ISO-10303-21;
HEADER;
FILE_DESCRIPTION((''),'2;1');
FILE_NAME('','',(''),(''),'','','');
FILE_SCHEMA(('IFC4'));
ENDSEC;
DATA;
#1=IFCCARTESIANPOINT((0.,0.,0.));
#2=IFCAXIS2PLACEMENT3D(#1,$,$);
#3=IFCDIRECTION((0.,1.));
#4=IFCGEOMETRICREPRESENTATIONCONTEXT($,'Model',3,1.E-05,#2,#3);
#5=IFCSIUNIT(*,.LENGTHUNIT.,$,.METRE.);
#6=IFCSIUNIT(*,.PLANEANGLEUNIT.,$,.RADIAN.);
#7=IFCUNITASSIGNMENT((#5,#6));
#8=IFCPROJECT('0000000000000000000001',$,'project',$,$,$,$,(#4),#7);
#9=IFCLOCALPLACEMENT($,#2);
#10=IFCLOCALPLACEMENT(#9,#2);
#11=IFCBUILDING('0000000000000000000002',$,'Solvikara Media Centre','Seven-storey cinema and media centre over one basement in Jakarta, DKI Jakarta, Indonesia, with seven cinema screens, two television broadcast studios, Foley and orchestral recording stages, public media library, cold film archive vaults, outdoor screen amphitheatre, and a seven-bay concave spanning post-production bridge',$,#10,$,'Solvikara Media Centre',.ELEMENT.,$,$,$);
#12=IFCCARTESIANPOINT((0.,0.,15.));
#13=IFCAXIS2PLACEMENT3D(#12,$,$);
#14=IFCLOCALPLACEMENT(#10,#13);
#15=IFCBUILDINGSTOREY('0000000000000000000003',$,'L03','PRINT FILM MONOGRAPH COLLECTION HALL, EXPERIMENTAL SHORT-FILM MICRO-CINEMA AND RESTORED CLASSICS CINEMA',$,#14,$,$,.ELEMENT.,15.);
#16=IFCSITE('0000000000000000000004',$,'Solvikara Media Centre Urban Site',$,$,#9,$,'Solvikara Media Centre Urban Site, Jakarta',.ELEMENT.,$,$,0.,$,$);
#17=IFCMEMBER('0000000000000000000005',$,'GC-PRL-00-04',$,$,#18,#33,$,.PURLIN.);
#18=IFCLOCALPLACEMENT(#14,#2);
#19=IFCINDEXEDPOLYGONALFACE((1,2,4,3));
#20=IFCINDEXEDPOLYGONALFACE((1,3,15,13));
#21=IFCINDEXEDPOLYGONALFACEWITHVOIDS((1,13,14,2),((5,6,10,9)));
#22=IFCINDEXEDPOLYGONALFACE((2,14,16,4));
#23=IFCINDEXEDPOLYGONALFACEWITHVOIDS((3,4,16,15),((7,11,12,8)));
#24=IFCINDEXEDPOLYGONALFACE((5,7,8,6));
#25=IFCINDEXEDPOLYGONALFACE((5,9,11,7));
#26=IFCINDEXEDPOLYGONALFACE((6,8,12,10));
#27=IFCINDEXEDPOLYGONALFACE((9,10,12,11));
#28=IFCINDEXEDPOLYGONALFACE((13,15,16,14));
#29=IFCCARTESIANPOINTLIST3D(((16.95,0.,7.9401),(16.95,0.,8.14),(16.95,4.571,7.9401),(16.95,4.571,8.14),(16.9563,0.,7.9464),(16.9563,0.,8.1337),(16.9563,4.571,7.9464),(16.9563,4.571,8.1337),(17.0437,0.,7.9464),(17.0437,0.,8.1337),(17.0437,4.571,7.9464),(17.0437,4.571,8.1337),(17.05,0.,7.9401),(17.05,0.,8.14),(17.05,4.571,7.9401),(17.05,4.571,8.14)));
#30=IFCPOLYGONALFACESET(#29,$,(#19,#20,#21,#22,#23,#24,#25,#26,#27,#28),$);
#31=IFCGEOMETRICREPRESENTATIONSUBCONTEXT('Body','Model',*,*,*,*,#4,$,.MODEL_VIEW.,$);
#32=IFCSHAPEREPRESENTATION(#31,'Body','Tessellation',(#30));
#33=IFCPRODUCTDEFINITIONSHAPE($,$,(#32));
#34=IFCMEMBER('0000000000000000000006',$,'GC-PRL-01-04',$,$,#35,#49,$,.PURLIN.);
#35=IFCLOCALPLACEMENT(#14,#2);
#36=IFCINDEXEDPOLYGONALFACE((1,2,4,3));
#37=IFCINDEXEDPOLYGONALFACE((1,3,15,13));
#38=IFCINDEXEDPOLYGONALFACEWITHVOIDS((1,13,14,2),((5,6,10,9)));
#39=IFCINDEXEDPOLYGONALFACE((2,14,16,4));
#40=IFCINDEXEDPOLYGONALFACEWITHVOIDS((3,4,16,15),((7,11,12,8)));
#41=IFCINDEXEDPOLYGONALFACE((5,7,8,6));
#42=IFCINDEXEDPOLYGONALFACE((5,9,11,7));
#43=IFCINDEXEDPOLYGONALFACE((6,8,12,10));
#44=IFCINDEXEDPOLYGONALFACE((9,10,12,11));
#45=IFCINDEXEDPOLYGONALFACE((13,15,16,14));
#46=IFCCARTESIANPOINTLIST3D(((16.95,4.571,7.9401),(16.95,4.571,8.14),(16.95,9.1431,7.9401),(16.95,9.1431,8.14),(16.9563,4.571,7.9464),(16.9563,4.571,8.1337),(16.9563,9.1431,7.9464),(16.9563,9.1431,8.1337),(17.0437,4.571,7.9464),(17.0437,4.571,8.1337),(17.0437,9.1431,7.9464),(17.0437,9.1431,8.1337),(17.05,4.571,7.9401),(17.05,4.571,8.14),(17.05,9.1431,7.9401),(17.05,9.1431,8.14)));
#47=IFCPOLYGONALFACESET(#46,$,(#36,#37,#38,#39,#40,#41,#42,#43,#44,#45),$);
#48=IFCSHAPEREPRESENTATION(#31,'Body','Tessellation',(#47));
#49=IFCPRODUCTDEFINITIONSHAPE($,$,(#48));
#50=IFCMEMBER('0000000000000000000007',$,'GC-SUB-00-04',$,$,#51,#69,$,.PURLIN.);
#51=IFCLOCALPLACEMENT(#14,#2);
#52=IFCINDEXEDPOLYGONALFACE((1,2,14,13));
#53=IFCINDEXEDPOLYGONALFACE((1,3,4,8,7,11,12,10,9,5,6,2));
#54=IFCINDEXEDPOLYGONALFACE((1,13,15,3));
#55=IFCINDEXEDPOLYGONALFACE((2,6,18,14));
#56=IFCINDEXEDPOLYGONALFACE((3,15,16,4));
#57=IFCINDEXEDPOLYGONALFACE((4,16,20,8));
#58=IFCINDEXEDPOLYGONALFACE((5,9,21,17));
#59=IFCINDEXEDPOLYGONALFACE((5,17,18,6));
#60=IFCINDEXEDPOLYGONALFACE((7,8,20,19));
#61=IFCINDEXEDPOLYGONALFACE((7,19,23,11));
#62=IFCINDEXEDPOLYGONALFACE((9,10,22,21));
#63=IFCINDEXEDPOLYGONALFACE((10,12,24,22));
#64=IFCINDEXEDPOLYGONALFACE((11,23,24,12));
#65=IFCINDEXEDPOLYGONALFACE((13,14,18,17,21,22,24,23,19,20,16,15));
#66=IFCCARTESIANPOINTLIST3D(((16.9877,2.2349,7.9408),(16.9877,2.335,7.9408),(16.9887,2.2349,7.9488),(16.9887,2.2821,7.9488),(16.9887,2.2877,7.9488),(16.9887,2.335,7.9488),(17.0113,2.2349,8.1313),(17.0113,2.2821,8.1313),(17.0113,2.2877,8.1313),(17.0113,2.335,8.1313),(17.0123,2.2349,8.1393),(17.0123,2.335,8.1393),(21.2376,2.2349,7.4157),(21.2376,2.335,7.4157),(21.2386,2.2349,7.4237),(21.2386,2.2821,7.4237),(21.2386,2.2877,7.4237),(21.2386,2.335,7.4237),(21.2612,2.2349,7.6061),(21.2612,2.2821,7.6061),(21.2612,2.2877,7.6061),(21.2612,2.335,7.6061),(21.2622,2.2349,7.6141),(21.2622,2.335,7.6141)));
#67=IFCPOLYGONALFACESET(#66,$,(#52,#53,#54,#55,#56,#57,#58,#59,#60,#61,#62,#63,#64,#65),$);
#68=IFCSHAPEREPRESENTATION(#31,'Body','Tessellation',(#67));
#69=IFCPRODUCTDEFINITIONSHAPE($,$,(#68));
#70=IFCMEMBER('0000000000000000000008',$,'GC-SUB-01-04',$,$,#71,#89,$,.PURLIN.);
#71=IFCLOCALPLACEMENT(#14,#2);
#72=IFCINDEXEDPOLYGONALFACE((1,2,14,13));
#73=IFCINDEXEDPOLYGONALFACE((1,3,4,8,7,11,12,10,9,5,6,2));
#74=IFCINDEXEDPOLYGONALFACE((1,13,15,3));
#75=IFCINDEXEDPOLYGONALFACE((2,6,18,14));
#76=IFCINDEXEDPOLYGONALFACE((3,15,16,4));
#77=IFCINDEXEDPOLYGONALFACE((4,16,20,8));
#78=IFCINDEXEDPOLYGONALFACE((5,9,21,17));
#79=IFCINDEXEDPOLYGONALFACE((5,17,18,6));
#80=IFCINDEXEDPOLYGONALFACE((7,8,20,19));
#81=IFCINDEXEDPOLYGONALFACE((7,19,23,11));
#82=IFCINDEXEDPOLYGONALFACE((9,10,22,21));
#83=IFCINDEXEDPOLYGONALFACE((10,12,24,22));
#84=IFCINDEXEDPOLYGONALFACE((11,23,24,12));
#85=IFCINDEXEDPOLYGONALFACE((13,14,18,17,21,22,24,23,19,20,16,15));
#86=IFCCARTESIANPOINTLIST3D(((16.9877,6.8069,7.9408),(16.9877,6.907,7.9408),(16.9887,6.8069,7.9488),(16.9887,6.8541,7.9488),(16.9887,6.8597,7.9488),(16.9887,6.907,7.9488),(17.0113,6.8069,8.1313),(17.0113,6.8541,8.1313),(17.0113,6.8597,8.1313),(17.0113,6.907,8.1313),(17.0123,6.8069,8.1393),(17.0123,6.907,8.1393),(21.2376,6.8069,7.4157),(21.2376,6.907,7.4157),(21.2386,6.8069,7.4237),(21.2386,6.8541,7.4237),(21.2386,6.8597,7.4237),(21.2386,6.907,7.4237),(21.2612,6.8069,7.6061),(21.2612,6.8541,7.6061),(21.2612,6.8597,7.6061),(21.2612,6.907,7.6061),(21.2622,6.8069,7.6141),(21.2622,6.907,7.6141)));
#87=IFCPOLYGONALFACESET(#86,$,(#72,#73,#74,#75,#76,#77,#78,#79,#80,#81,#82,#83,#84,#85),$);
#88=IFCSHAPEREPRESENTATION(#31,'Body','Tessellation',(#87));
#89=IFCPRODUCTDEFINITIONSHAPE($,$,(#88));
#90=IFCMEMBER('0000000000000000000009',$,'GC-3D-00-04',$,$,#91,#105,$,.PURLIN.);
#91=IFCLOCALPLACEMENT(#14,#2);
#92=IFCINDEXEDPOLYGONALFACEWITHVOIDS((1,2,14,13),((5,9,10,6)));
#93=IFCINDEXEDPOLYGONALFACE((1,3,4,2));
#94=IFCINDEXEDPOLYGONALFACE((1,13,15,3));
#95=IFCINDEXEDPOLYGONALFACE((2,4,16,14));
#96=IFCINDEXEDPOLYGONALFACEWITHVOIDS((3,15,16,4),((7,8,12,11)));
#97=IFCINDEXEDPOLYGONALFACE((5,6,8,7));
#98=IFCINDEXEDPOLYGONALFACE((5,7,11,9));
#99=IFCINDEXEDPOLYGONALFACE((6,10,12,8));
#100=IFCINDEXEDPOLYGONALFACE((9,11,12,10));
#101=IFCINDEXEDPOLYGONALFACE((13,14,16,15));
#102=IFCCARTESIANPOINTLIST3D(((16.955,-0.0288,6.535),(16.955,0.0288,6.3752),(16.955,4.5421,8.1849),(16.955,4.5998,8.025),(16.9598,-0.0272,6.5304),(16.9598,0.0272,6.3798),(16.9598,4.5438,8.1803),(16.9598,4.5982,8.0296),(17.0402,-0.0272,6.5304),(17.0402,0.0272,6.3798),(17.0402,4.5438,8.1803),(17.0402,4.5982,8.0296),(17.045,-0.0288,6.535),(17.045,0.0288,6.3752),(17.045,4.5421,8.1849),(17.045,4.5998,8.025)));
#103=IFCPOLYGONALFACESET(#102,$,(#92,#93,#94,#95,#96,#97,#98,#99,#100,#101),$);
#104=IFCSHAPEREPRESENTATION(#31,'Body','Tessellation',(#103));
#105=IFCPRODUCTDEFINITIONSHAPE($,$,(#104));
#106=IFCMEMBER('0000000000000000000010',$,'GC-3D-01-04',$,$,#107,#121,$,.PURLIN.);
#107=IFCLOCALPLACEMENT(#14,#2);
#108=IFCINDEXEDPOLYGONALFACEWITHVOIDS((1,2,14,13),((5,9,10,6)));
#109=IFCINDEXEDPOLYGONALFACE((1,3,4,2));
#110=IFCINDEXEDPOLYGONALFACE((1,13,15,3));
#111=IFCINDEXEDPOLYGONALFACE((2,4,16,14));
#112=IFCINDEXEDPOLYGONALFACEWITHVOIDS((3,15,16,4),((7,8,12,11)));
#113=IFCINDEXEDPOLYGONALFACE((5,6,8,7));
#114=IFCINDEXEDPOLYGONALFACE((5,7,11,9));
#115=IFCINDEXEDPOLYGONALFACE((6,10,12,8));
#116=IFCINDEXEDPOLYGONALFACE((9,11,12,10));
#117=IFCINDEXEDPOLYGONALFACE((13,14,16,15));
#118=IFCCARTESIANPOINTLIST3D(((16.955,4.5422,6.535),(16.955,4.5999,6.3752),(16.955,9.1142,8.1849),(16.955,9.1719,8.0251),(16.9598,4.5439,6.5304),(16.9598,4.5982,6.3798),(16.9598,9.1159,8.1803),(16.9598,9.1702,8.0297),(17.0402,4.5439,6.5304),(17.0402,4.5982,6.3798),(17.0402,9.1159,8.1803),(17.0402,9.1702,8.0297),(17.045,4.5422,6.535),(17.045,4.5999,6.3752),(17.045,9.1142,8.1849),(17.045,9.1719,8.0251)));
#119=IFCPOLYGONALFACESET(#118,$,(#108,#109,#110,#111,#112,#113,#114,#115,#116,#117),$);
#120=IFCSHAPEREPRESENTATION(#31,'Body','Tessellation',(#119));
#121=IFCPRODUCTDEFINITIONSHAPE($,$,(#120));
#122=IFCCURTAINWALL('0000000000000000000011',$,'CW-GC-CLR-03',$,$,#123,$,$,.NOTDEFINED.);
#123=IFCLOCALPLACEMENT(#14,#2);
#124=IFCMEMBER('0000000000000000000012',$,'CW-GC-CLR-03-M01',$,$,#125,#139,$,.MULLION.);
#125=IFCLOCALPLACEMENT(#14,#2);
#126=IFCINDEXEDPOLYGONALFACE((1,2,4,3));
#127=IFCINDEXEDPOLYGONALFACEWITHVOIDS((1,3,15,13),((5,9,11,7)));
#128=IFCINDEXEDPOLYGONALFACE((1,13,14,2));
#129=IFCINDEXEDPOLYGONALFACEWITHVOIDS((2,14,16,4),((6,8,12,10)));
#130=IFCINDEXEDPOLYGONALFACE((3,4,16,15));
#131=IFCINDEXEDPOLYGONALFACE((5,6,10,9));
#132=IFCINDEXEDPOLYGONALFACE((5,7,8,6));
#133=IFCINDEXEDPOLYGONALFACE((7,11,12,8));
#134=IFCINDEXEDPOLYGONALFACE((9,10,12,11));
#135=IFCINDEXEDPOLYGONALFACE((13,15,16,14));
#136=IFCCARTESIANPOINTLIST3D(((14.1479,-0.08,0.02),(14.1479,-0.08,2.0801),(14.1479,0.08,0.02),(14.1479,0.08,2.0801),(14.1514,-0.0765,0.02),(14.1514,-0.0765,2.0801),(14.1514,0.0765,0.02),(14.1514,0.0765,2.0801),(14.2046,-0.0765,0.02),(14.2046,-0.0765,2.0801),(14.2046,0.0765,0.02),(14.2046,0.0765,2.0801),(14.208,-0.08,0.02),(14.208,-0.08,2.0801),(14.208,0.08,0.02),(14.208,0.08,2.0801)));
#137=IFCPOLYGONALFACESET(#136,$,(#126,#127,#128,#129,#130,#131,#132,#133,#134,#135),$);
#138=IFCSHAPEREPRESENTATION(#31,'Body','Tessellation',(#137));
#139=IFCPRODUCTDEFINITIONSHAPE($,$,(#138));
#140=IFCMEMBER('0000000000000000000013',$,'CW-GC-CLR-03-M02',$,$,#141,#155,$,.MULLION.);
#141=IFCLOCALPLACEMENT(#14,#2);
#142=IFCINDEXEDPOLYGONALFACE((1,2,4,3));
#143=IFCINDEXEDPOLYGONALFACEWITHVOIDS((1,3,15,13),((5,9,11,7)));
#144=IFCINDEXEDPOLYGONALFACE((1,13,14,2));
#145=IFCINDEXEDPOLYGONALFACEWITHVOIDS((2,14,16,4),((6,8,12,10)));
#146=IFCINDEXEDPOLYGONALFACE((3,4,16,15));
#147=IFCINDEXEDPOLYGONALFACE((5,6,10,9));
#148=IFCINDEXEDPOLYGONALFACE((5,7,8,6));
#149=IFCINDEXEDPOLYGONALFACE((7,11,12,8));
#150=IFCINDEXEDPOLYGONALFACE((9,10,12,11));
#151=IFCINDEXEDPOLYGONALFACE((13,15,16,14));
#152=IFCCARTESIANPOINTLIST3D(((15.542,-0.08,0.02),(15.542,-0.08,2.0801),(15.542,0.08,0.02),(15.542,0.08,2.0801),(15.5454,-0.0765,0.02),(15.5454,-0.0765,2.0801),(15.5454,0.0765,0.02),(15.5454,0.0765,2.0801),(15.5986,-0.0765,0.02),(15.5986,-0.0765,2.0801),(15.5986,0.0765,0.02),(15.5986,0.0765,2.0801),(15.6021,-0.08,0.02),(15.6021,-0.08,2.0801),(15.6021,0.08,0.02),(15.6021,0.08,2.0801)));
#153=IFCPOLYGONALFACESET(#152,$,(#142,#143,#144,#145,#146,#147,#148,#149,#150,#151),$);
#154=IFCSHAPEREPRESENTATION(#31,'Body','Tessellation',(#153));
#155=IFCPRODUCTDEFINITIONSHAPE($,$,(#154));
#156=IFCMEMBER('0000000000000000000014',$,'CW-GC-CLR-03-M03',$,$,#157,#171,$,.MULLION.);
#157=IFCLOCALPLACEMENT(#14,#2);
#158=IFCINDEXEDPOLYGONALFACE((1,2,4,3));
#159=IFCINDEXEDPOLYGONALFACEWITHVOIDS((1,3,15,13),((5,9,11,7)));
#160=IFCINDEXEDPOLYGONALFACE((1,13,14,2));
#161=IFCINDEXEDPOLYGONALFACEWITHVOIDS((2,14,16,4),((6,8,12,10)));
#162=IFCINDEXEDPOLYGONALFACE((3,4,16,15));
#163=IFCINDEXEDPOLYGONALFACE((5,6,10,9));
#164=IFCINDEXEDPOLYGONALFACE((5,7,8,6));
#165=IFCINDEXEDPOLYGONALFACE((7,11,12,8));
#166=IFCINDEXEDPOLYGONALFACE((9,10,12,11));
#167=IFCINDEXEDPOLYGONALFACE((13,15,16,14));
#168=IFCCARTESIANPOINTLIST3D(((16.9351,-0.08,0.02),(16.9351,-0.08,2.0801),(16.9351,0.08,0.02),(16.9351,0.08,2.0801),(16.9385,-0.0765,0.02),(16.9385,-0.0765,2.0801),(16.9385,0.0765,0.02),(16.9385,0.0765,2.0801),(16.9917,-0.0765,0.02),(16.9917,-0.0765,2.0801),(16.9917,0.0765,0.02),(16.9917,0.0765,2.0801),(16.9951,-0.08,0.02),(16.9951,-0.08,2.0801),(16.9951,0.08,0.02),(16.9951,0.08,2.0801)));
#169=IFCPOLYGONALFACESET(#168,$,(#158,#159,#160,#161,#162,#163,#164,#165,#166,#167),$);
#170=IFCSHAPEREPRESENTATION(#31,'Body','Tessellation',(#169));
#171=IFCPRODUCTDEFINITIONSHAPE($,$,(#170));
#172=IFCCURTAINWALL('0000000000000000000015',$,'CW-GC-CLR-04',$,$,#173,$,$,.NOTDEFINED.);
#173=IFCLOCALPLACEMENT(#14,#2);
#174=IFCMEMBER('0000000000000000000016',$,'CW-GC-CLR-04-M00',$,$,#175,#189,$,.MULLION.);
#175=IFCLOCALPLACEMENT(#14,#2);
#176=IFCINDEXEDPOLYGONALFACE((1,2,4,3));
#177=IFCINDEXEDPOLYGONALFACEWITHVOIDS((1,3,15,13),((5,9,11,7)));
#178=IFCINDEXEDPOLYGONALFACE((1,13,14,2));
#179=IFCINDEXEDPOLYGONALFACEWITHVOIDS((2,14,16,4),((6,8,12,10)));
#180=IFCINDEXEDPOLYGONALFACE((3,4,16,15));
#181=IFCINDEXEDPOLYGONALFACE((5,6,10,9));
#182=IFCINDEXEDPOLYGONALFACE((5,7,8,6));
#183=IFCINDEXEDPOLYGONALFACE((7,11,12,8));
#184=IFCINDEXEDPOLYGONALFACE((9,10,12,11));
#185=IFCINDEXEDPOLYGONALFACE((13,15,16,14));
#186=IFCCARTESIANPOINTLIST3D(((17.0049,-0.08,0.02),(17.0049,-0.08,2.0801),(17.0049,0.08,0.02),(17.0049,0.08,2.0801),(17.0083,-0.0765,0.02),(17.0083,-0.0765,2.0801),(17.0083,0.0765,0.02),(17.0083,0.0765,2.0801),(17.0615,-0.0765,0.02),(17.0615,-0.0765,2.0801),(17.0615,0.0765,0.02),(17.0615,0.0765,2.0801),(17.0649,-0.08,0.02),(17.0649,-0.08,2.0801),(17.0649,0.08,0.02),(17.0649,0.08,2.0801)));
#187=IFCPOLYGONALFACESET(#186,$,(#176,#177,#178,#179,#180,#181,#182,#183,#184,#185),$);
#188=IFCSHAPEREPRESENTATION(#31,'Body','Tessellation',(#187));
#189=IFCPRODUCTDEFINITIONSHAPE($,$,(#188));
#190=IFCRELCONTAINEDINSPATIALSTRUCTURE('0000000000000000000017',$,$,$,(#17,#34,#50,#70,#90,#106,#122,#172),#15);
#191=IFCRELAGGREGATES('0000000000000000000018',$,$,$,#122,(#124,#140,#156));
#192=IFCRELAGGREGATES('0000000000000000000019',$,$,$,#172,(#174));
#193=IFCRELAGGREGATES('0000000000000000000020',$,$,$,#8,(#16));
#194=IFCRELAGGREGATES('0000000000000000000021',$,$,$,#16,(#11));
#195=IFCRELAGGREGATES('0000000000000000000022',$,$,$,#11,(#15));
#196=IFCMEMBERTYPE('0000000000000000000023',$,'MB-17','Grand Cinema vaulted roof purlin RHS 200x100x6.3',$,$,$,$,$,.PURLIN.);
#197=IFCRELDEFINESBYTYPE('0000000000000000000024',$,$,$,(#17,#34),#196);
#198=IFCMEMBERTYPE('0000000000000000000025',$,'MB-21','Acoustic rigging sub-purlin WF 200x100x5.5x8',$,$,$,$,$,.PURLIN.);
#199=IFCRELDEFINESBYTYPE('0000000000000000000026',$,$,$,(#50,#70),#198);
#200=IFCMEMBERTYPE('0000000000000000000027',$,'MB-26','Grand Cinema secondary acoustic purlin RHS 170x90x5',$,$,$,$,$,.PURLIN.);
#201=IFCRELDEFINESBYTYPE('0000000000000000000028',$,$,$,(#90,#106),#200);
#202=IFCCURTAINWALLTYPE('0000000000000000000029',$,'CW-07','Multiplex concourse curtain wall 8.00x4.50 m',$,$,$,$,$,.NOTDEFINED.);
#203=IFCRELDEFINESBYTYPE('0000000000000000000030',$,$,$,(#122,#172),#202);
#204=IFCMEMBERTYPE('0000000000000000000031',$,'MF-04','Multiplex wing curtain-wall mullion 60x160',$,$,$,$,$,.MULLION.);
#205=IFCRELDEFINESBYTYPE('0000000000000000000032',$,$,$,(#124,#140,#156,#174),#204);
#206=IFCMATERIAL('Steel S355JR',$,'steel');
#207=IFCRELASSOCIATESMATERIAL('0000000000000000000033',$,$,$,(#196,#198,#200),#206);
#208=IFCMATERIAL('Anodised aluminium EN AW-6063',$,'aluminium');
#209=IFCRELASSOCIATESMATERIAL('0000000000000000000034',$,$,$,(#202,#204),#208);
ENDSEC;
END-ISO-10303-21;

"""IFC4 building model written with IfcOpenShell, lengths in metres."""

from ifc_helpers import new_model, si_unit, direction, frame, origin, origin_2d, place, context, subcontext, project, spatial, hollow_rectangle, i_section, extrude, material, material_profile, profile_set, type_object, element, aggregate, save


model = new_model("IFC4")

# Units and contexts
model_context = context("Model", 3, precision=1e-05, world=origin(), true_north=direction((0.0, 1.0)))
body_context = subcontext(model_context, "Body", "Model", "MODEL_VIEW")
ifc_project = project(units=[si_unit("LENGTHUNIT", "METRE"), si_unit("PLANEANGLEUNIT", "RADIAN")], contexts=[model_context])

# Site, building, storey
site_placement = place(None, origin())
site = spatial("IfcSite", under=ifc_project, at=site_placement, Name="Solvikara Media Centre Urban Site", LongName="Solvikara Media Centre Urban Site, Jakarta", CompositionType="ELEMENT", RefElevation=0.0)
building_placement = place(site_placement, origin())
building = spatial("IfcBuilding", under=site, at=building_placement, Name="Solvikara Media Centre", Description="Seven-storey cinema and media centre over one basement in Jakarta, DKI Jakarta, Indonesia, with seven cinema screens, two television broadcast studios, Foley and orchestral recording stages, public media library, cold film archive vaults, outdoor screen amphitheatre, and a seven-bay concave spanning post-production bridge", LongName="Solvikara Media Centre", CompositionType="ELEMENT")
storey_placement = place(building_placement, frame((0.0, 0.0, 15.0)))
storey = spatial("IfcBuildingStorey", under=building, at=storey_placement, Name="L03", Description="PRINT FILM MONOGRAPH COLLECTION HALL, EXPERIMENTAL SHORT-FILM MICRO-CINEMA AND RESTORED CLASSICS CINEMA", CompositionType="ELEMENT", Elevation=15.0)

# Shared definitions
ifc_material_1 = material(Name="Steel S355JR", Category="steel")

# Members
ifc_material_profile_1 = material_profile(ifc_material_1, hollow_rectangle(XDim=0.1001, YDim=0.2, WallThickness=0.0063, at=origin_2d()), Name="RHS 200x100x6.3")
ifc_profile_set_1 = profile_set([ifc_material_profile_1], Name="Steel S355JR")
member_type_1 = type_object("IfcMemberType", Name="MB-17", Description="Grand Cinema vaulted roof purlin RHS 200x100x6.3", PredefinedType="PURLIN", material=ifc_profile_set_1)
member_1_placement = place(storey_placement, frame((17.0, 0.0, 8.04), z_axis=(0.0, 1.0, 0.0), x_axis=(-1.0, 0.0, 0.0)))
element("IfcMember", 1, at=member_1_placement, inside=storey, type_object=member_type_1, Name="GC-PRL-00-04", PredefinedType="PURLIN", context=body_context, shape_type="SweptSolid", body=[
    extrude(hollow_rectangle(XDim=0.1001, YDim=0.2, WallThickness=0.0063, at=origin_2d()), origin(), (0.0, 0.0, 1.0), 4.571),
])
member_2_placement = place(storey_placement, frame((17.0, 4.571, 8.04), z_axis=(0.0, 1.0, 0.0), x_axis=(-1.0, 0.0, 0.0)))
element("IfcMember", 2, at=member_2_placement, inside=storey, type_object=member_type_1, Name="GC-PRL-01-04", PredefinedType="PURLIN", context=body_context, shape_type="SweptSolid", body=[
    extrude(hollow_rectangle(XDim=0.1001, YDim=0.2, WallThickness=0.0063, at=origin_2d()), origin(), (0.0, 0.0, 1.0), 4.572),
])
ifc_material_profile_2 = material_profile(ifc_material_1, i_section(OverallWidth=0.1001, OverallDepth=0.2, WebThickness=0.0056, FlangeThickness=0.0081, at=origin_2d()), Name="WF 200x100x5.5x8")
ifc_profile_set_2 = profile_set([ifc_material_profile_2], Name="Steel S355JR")
member_type_2 = type_object("IfcMemberType", Name="MB-21", Description="Acoustic rigging sub-purlin WF 200x100x5.5x8", PredefinedType="PURLIN", material=ifc_profile_set_2)
for number, where, z_axis, x_axis, name in (
    (3, (17.0, 2.2849, 8.04), (0.992452, 0.0, -0.122631), (0.0, 1.0, 0.0), "GC-SUB-00-04"),
    (4, (17.0, 6.8569, 8.04), (0.992452, 0.0, -0.122631), (0.0, 1.0, 0.0), "GC-SUB-01-04"),
):
    element("IfcMember", number, at=place(storey_placement, frame(where, z_axis=z_axis, x_axis=x_axis)), inside=storey, type_object=member_type_2, Name=name, PredefinedType="PURLIN", context=body_context, shape_type="SweptSolid", body=[
        extrude(i_section(OverallWidth=0.1001, OverallDepth=0.2, WebThickness=0.0056, FlangeThickness=0.0081, at=origin_2d()), origin(), (0.0, 0.0, 1.0), 4.2822),
    ])
ifc_material_profile_3 = material_profile(ifc_material_1, hollow_rectangle(XDim=0.0901, YDim=0.1699, WallThickness=0.0049, at=origin_2d()), Name="RHS 170x90x5")
ifc_profile_set_3 = profile_set([ifc_material_profile_3], Name="Steel S355JR")
member_type_3 = type_object("IfcMemberType", Name="MB-26", Description="Grand Cinema secondary acoustic purlin RHS 170x90x5", PredefinedType="PURLIN", material=ifc_profile_set_3)
member_3_placement = place(storey_placement, frame((17.0, 0.0, 6.4551), z_axis=(0.0, 0.940603, 0.339507), x_axis=(-1.0, 0.0, 0.0)))
element("IfcMember", 5, at=member_3_placement, inside=storey, type_object=member_type_3, Name="GC-3D-00-04", PredefinedType="PURLIN", context=body_context, shape_type="SweptSolid", body=[
    extrude(hollow_rectangle(XDim=0.0901, YDim=0.1699, WallThickness=0.0049, at=origin_2d()), origin(), (0.0, 0.0, 1.0), 4.8596),
])
member_4_placement = place(storey_placement, frame((17.0, 4.571, 6.4551), z_axis=(0.0, 0.940627, 0.339443), x_axis=(-1.0, 0.0, 0.0)))
element("IfcMember", 6, at=member_4_placement, inside=storey, type_object=member_type_3, Name="GC-3D-01-04", PredefinedType="PURLIN", context=body_context, shape_type="SweptSolid", body=[
    extrude(hollow_rectangle(XDim=0.0901, YDim=0.1699, WallThickness=0.0049, at=origin_2d()), origin(), (0.0, 0.0, 1.0), 4.8606),
])

# Curtain walls, members
ifc_material_2 = material(Name="Anodised aluminium EN AW-6063", Category="aluminium")
curtain_wall_type = type_object("IfcCurtainWallType", Name="CW-07", Description="Multiplex concourse curtain wall 8.00x4.50 m", PredefinedType="NOTDEFINED", material=ifc_material_2)
curtain_wall_1_placement = place(storey_placement, origin())
curtain_wall_1 = element("IfcCurtainWall", 7, at=curtain_wall_1_placement, inside=storey, type_object=curtain_wall_type, Name="CW-GC-CLR-03", PredefinedType="NOTDEFINED")
ifc_material_profile_4 = material_profile(ifc_material_2, hollow_rectangle(XDim=0.0601, YDim=0.1599, WallThickness=0.0034, at=origin_2d()), Name="ALU-M 60x160x3.5")
ifc_profile_set_4 = profile_set([ifc_material_profile_4], Name="Anodised aluminium EN AW-6063")
member_type_4 = type_object("IfcMemberType", Name="MF-04", Description="Multiplex wing curtain-wall mullion 60x160", PredefinedType="MULLION", material=ifc_profile_set_4)
member_5_placement = place(storey_placement, frame((14.178, 0.0, 0.02), z_axis=(0.0, 0.0, 1.0), x_axis=(1.0, 0.0, 0.0)))
member_5 = element("IfcMember", 8, at=member_5_placement, type_object=member_type_4, Name="CW-GC-CLR-03-M01", PredefinedType="MULLION", context=body_context, shape_type="SweptSolid", body=[
    extrude(hollow_rectangle(XDim=0.0601, YDim=0.1599, WallThickness=0.0034, at=origin_2d()), origin(), (0.0, 0.0, 1.0), 2.0601),
])
member_6_placement = place(storey_placement, frame((15.572, 0.0, 0.02), z_axis=(0.0, 0.0, 1.0), x_axis=(1.0, 0.0, 0.0)))
member_6 = element("IfcMember", 9, at=member_6_placement, type_object=member_type_4, Name="CW-GC-CLR-03-M02", PredefinedType="MULLION", context=body_context, shape_type="SweptSolid", body=[
    extrude(hollow_rectangle(XDim=0.0601, YDim=0.1599, WallThickness=0.0034, at=origin_2d()), origin(), (0.0, 0.0, 1.0), 2.0601),
])
member_7_placement = place(storey_placement, frame((16.9651, 0.0, 0.02), z_axis=(0.0, 0.0, 1.0), x_axis=(1.0, 0.0, 0.0)))
member_7 = element("IfcMember", 10, at=member_7_placement, type_object=member_type_4, Name="CW-GC-CLR-03-M03", PredefinedType="MULLION", context=body_context, shape_type="SweptSolid", body=[
    extrude(hollow_rectangle(XDim=0.0601, YDim=0.1599, WallThickness=0.0034, at=origin_2d()), origin(), (0.0, 0.0, 1.0), 2.0601),
])
curtain_wall_2_placement = place(storey_placement, origin())
curtain_wall_2 = element("IfcCurtainWall", 11, at=curtain_wall_2_placement, inside=storey, type_object=curtain_wall_type, Name="CW-GC-CLR-04", PredefinedType="NOTDEFINED")
member_8_placement = place(storey_placement, frame((17.0349, 0.0, 0.02), z_axis=(0.0, 0.0, 1.0), x_axis=(1.0, 0.0, 0.0)))
member_8 = element("IfcMember", 12, at=member_8_placement, type_object=member_type_4, Name="CW-GC-CLR-04-M00", PredefinedType="MULLION", context=body_context, shape_type="SweptSolid", body=[
    extrude(hollow_rectangle(XDim=0.0601, YDim=0.1599, WallThickness=0.0034, at=origin_2d()), origin(), (0.0, 0.0, 1.0), 2.0601),
])

aggregate(curtain_wall_1, [member_5, member_6, member_7])
aggregate(curtain_wall_2, [member_8])

save(model, "model.ifc")
